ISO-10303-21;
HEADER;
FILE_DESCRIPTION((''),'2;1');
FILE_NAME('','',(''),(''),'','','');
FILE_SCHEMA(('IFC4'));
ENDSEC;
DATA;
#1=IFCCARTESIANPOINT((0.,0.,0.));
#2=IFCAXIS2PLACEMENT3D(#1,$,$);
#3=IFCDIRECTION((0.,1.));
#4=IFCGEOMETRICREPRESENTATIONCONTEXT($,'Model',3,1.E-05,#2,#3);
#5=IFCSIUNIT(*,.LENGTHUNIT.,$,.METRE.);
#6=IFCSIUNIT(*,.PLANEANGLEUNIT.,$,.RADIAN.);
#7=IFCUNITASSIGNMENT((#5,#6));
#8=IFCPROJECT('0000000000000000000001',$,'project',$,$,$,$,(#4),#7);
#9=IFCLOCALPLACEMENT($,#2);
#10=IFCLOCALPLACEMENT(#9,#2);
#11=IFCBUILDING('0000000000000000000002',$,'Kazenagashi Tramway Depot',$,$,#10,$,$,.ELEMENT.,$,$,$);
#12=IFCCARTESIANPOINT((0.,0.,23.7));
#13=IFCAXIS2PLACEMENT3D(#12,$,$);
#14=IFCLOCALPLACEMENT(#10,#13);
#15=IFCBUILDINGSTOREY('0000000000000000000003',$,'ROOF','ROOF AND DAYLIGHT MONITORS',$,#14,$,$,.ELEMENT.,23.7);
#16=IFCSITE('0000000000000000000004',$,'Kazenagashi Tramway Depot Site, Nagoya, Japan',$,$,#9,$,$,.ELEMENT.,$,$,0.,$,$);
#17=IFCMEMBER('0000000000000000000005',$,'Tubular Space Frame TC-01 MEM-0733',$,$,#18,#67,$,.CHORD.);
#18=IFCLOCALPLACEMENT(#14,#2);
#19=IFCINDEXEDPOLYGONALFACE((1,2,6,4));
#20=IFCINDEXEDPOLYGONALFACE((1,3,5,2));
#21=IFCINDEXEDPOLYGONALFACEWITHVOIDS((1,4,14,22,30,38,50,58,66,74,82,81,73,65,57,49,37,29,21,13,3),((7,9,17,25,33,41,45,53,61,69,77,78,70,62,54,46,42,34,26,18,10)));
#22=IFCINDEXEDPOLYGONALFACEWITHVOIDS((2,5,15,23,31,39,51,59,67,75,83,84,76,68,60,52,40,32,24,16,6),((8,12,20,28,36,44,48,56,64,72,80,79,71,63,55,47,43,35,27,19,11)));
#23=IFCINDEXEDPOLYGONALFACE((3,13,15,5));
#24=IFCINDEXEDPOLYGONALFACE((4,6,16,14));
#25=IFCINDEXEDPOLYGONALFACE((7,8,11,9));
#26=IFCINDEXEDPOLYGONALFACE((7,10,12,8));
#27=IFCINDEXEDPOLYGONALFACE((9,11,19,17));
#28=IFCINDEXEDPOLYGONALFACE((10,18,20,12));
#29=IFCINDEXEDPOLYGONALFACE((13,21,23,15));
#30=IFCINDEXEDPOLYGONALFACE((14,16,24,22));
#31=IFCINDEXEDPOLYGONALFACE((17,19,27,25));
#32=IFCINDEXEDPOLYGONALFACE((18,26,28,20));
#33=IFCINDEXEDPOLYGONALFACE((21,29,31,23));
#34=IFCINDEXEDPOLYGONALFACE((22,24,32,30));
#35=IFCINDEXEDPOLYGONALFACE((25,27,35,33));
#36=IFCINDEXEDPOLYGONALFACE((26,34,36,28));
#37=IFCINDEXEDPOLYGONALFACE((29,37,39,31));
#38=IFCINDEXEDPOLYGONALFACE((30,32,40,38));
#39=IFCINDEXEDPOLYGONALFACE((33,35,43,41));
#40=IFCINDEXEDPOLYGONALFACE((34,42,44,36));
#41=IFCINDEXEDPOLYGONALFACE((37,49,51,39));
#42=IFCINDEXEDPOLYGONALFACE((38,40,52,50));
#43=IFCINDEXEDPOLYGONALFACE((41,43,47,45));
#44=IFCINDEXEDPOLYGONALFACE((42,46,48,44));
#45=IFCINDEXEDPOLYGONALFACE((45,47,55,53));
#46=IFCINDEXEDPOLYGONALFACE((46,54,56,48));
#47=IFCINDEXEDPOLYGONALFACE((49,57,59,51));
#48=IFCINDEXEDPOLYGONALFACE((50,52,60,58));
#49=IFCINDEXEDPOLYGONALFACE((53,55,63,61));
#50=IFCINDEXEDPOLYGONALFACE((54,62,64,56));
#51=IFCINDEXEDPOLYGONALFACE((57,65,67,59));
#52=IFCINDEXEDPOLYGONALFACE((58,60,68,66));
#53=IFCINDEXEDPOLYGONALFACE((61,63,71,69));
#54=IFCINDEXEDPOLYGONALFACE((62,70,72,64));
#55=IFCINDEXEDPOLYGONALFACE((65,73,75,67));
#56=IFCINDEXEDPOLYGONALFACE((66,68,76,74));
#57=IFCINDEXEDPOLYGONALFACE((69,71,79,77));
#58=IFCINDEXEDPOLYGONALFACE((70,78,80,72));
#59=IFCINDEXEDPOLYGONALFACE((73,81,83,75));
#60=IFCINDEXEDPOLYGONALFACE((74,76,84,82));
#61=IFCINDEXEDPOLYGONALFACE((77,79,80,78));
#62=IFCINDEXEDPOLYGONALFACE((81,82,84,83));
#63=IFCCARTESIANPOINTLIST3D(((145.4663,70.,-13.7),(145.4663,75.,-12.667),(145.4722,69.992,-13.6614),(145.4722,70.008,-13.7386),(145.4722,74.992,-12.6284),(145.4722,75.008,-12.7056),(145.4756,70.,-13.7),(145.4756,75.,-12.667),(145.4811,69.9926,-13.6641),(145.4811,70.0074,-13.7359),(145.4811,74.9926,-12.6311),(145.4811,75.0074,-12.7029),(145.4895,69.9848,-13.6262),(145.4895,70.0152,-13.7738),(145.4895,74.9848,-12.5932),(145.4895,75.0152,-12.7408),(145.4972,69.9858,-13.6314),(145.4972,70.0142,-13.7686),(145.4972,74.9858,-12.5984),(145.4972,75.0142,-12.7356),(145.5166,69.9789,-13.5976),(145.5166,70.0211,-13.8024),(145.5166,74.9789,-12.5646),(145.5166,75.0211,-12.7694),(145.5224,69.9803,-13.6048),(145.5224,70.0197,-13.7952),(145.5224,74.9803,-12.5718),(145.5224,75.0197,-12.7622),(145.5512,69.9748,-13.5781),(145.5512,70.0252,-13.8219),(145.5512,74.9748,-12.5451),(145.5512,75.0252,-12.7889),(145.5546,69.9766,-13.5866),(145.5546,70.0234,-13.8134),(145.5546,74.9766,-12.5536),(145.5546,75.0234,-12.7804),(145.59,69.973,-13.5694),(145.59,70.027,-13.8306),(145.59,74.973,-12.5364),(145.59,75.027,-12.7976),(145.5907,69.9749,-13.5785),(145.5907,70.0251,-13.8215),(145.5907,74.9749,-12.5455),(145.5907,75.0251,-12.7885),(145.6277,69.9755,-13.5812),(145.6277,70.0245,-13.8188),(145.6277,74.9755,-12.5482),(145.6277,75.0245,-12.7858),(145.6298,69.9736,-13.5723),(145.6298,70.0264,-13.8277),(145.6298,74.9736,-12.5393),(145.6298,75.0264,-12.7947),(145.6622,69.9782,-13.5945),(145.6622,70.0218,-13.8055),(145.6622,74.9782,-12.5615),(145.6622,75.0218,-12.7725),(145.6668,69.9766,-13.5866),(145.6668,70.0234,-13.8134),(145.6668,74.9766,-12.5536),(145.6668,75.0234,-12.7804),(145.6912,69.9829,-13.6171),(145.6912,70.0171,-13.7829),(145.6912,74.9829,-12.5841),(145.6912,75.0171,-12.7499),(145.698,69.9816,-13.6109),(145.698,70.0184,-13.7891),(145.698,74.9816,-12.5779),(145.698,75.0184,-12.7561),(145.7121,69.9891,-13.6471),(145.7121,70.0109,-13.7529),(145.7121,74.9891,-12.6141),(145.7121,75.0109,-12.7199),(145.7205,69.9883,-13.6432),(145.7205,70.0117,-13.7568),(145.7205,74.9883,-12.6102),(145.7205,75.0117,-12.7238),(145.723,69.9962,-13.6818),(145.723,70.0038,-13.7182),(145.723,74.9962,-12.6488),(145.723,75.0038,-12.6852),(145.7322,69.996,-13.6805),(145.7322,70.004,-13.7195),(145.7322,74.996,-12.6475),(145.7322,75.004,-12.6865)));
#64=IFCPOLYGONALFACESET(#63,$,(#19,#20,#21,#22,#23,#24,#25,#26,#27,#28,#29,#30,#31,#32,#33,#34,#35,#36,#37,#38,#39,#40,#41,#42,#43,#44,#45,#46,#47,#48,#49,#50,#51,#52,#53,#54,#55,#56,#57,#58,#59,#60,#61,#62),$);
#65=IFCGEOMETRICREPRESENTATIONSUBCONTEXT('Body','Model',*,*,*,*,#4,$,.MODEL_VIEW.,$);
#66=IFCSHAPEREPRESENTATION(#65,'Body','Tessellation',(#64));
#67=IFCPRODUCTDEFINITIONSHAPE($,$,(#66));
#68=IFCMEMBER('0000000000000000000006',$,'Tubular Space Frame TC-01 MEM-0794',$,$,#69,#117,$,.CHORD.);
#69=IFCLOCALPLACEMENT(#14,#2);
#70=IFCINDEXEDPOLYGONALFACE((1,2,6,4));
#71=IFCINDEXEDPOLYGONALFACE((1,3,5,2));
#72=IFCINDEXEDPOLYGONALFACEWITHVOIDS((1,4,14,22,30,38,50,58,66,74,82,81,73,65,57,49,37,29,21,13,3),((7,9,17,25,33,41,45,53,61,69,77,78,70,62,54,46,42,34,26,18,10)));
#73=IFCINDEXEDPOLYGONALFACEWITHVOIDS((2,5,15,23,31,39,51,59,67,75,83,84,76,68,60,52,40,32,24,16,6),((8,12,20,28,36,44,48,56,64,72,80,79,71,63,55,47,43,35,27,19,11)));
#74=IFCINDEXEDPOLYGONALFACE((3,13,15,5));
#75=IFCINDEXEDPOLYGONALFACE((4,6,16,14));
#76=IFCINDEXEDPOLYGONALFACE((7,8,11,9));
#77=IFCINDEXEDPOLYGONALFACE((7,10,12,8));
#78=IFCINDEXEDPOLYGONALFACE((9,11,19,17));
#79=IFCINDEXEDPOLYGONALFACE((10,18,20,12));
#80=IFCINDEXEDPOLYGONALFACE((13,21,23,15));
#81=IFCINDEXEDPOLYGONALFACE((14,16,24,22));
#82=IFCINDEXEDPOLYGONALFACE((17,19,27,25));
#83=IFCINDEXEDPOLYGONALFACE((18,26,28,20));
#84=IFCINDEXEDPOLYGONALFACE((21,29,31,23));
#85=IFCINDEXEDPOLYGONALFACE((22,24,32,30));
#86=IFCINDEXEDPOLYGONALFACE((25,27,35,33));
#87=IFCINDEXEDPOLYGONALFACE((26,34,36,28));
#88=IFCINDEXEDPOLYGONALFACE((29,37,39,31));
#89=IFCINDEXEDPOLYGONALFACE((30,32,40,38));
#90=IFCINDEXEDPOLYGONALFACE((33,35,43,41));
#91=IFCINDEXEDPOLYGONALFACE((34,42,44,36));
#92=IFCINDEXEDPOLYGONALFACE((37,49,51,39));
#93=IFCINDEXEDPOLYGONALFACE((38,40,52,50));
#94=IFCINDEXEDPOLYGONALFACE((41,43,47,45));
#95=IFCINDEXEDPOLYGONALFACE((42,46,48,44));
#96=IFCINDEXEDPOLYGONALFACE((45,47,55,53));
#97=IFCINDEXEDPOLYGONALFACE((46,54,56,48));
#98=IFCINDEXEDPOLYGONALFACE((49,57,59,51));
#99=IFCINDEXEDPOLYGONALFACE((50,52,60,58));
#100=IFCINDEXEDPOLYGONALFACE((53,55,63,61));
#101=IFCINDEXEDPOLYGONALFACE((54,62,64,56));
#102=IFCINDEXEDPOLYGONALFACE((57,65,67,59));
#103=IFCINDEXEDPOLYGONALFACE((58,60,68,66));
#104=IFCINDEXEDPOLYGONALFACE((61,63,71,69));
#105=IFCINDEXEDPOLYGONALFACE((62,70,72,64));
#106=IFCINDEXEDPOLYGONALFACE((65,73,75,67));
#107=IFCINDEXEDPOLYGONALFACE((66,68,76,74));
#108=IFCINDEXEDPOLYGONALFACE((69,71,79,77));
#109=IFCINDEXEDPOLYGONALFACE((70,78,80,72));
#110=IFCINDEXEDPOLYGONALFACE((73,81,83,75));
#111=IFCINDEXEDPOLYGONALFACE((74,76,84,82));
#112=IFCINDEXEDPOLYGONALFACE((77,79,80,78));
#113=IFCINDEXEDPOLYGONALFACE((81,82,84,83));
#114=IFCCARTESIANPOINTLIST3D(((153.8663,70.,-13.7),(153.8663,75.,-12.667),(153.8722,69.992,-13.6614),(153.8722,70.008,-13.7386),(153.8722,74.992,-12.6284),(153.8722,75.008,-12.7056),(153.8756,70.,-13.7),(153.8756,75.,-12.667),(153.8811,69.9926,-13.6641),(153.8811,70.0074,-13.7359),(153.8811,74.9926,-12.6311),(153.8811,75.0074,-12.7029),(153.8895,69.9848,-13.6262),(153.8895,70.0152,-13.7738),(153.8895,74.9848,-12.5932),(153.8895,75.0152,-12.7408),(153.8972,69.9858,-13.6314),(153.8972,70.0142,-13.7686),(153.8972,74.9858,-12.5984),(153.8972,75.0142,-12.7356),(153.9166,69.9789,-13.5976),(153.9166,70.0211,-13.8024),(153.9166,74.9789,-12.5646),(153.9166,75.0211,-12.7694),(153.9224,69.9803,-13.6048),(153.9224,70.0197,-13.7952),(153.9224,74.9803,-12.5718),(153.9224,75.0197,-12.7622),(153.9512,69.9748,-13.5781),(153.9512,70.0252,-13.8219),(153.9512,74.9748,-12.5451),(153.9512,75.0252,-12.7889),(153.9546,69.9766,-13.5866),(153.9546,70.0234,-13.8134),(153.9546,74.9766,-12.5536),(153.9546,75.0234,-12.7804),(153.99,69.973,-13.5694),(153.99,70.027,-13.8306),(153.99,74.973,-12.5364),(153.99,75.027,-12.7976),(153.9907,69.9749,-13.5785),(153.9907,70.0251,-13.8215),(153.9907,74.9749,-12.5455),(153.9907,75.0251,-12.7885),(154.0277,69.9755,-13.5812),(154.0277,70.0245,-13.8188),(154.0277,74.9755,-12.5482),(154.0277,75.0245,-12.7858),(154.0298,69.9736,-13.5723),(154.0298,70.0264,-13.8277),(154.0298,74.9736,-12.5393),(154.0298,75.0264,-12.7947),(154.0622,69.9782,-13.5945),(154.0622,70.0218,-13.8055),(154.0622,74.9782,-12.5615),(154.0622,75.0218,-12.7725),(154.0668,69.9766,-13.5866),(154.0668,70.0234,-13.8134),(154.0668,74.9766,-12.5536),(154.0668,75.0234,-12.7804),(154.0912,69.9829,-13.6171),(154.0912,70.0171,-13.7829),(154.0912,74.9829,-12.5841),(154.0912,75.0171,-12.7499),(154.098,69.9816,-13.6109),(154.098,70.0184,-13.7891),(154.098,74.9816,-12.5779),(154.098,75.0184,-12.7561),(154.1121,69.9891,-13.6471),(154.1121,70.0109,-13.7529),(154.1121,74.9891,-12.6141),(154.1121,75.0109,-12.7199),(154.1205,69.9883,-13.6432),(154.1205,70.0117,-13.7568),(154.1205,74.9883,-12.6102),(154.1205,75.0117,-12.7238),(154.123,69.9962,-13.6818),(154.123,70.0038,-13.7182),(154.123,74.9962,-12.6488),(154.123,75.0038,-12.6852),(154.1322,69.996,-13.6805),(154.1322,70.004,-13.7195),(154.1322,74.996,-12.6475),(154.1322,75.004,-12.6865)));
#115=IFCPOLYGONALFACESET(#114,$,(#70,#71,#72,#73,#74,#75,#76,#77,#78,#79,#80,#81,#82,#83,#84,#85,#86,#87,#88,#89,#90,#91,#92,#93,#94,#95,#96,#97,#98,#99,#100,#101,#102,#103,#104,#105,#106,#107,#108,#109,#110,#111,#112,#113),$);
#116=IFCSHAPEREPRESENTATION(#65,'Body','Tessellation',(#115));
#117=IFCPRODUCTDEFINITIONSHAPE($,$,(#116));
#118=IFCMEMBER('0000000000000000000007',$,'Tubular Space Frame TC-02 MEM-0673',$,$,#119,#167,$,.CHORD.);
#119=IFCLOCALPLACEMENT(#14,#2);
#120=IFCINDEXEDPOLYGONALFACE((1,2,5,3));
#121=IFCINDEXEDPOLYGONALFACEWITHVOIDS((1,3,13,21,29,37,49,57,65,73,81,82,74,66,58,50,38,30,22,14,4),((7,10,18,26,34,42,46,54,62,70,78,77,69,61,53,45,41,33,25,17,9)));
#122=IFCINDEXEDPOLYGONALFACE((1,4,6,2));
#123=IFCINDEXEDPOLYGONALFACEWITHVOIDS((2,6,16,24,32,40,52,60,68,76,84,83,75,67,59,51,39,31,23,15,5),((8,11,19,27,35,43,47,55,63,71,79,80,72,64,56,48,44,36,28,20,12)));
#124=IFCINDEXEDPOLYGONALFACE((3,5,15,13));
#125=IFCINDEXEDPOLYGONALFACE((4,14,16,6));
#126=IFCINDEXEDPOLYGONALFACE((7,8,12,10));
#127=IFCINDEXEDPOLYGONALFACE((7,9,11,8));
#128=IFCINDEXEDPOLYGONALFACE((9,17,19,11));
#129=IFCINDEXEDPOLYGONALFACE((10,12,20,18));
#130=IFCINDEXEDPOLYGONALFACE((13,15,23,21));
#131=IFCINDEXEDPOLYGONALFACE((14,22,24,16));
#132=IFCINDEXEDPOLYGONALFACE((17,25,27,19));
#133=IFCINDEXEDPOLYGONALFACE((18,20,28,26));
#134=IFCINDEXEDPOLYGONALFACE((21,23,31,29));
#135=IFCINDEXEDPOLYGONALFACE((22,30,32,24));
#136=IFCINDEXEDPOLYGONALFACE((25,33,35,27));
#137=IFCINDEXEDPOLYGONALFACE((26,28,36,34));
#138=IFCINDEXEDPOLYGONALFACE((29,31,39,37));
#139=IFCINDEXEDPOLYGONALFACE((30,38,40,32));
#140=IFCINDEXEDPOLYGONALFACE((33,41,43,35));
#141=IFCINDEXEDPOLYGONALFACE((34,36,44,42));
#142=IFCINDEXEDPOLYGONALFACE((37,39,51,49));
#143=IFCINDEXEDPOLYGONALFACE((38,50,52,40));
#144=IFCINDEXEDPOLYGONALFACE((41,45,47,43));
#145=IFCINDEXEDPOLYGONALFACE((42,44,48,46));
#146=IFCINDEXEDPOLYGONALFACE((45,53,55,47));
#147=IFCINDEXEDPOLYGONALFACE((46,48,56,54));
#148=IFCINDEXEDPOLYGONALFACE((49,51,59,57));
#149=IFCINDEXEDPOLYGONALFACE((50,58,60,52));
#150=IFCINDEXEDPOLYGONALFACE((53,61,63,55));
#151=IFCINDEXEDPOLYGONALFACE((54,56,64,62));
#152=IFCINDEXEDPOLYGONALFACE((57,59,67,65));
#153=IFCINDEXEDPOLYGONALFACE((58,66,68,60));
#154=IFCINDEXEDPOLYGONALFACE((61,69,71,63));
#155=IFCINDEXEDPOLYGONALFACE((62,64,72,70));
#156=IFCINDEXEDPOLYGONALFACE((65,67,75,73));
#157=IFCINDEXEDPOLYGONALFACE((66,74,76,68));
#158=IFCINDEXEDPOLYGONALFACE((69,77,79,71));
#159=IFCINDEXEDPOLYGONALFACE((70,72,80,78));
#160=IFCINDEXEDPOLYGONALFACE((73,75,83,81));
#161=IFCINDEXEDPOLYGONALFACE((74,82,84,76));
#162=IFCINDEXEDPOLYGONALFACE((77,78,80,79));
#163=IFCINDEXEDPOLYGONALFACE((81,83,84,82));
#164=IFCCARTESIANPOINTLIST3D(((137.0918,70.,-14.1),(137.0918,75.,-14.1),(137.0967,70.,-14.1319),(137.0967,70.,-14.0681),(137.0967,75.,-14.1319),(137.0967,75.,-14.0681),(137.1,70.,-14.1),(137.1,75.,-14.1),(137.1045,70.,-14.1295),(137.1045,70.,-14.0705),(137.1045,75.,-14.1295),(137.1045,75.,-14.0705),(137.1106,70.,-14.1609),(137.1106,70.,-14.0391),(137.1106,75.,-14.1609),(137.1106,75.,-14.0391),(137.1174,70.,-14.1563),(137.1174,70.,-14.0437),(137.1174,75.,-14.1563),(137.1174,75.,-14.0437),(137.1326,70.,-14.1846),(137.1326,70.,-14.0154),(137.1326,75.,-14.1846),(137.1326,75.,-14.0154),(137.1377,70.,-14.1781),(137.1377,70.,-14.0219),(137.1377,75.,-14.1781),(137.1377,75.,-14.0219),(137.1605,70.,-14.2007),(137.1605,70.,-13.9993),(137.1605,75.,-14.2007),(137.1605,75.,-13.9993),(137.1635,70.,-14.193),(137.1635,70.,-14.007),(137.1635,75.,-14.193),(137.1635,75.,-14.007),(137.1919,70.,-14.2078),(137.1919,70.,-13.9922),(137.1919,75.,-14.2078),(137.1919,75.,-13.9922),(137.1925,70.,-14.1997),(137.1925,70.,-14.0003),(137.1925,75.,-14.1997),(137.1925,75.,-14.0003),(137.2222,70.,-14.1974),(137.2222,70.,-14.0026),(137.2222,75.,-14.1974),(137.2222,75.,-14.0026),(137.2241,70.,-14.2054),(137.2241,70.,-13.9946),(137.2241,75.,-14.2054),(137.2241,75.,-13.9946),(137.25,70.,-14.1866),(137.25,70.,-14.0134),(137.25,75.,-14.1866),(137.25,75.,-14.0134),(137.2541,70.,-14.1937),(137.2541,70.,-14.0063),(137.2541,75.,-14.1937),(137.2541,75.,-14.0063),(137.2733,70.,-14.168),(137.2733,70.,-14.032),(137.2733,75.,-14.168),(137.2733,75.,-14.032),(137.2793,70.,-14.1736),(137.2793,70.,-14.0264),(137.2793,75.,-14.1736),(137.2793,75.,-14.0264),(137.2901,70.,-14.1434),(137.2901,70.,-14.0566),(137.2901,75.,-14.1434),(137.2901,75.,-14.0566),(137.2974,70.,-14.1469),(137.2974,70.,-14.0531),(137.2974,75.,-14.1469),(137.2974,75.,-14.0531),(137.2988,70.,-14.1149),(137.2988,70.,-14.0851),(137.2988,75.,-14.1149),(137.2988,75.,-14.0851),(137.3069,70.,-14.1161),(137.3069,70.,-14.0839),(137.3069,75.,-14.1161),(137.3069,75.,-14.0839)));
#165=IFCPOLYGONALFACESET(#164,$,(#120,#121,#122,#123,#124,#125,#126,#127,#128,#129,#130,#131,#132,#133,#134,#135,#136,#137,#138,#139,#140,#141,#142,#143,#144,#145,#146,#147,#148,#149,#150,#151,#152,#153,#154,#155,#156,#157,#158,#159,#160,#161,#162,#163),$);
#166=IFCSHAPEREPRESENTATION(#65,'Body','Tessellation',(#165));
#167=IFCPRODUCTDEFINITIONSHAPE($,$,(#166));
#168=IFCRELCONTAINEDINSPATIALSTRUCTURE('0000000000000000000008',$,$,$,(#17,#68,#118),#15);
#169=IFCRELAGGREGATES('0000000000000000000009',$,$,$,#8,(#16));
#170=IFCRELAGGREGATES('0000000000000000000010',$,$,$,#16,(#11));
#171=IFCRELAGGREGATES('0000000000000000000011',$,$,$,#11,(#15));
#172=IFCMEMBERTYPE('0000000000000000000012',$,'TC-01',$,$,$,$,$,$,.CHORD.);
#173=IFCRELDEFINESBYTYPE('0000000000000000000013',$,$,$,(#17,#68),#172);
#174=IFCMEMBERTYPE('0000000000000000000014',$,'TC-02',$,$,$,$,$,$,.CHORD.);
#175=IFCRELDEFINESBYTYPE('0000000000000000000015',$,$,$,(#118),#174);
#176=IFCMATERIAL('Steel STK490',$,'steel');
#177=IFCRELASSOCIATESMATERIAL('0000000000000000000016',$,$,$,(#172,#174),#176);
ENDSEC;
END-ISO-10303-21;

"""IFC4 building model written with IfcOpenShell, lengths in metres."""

from ifc_helpers import new_model, si_unit, direction, frame, origin, origin_2d, place, context, subcontext, project, spatial, hollow_circle, extrude, material, material_profile, profile_set, type_object, element, save


model = new_model("IFC4")

# Units and contexts
model_context = context("Model", 3, precision=1e-05, world=origin(), true_north=direction((0.0, 1.0)))
body_context = subcontext(model_context, "Body", "Model", "MODEL_VIEW")
ifc_project = project(units=[si_unit("LENGTHUNIT", "METRE"), si_unit("PLANEANGLEUNIT", "RADIAN")], contexts=[model_context])

# Site, building, storey
site_placement = place(None, origin())
site = spatial("IfcSite", under=ifc_project, at=site_placement, Name="Kazenagashi Tramway Depot Site, Nagoya, Japan", CompositionType="ELEMENT", RefElevation=0.0)
building_placement = place(site_placement, origin())
building = spatial("IfcBuilding", under=site, at=building_placement, Name="Kazenagashi Tramway Depot", CompositionType="ELEMENT")
storey_placement = place(building_placement, frame((0.0, 0.0, 23.7)))
storey = spatial("IfcBuildingStorey", under=building, at=storey_placement, Name="ROOF", Description="ROOF AND DAYLIGHT MONITORS", CompositionType="ELEMENT", Elevation=23.7)

# Members
ifc_material_1 = material(Name="Steel STK490", Category="steel")
ifc_material_profile_1 = material_profile(ifc_material_1, hollow_circle(Radius=0.1337, WallThickness=0.0093, at=origin_2d()), Name="CHS-267.4x9.3")
ifc_profile_set_1 = profile_set([ifc_material_profile_1], Name="Steel STK490")
member_type_1 = type_object("IfcMemberType", Name="TC-01", PredefinedType="CHORD", material=ifc_profile_set_1)
for number, where, z_axis, x_axis, name in (
    (1, (145.6, 70.0, -13.7), (0.0, 0.979318, 0.202327), (-1.0, 0.0, 0.0), "Tubular Space Frame TC-01 MEM-0733"),
    (2, (154.0, 70.0, -13.7), (0.0, 0.979318, 0.202327), (-1.0, 0.0, 0.0), "Tubular Space Frame TC-01 MEM-0794"),
):
    element("IfcMember", number, at=place(storey_placement, frame(where, z_axis=z_axis, x_axis=x_axis)), inside=storey, type_object=member_type_1, Name=name, PredefinedType="CHORD", context=body_context, shape_type="SweptSolid", body=[
        extrude(hollow_circle(Radius=0.1337, WallThickness=0.0093, at=origin_2d()), origin(), (0.0, 0.0, 1.0), 5.1056),
    ])
ifc_material_profile_2 = material_profile(ifc_material_1, hollow_circle(Radius=0.1081, WallThickness=0.0082, at=origin_2d()), Name="CHS-216.3x8.2")
ifc_profile_set_2 = profile_set([ifc_material_profile_2], Name="Steel STK490")
member_type_2 = type_object("IfcMemberType", Name="TC-02", PredefinedType="CHORD", material=ifc_profile_set_2)
for number, where, z_axis, x_axis, name in (
    (3, (137.2, 70.0, -14.1), (0.0, 1.0, 0.0), (-1.0, 0.0, 0.0), "Tubular Space Frame TC-02 MEM-0673"),
):
    element("IfcMember", number, at=place(storey_placement, frame(where, z_axis=z_axis, x_axis=x_axis)), inside=storey, type_object=member_type_2, Name=name, PredefinedType="CHORD", context=body_context, shape_type="SweptSolid", body=[
        extrude(hollow_circle(Radius=0.1081, WallThickness=0.0082, at=origin_2d()), origin(), (0.0, 0.0, 1.0), 5.0),
    ])

save(model, "model.ifc")
